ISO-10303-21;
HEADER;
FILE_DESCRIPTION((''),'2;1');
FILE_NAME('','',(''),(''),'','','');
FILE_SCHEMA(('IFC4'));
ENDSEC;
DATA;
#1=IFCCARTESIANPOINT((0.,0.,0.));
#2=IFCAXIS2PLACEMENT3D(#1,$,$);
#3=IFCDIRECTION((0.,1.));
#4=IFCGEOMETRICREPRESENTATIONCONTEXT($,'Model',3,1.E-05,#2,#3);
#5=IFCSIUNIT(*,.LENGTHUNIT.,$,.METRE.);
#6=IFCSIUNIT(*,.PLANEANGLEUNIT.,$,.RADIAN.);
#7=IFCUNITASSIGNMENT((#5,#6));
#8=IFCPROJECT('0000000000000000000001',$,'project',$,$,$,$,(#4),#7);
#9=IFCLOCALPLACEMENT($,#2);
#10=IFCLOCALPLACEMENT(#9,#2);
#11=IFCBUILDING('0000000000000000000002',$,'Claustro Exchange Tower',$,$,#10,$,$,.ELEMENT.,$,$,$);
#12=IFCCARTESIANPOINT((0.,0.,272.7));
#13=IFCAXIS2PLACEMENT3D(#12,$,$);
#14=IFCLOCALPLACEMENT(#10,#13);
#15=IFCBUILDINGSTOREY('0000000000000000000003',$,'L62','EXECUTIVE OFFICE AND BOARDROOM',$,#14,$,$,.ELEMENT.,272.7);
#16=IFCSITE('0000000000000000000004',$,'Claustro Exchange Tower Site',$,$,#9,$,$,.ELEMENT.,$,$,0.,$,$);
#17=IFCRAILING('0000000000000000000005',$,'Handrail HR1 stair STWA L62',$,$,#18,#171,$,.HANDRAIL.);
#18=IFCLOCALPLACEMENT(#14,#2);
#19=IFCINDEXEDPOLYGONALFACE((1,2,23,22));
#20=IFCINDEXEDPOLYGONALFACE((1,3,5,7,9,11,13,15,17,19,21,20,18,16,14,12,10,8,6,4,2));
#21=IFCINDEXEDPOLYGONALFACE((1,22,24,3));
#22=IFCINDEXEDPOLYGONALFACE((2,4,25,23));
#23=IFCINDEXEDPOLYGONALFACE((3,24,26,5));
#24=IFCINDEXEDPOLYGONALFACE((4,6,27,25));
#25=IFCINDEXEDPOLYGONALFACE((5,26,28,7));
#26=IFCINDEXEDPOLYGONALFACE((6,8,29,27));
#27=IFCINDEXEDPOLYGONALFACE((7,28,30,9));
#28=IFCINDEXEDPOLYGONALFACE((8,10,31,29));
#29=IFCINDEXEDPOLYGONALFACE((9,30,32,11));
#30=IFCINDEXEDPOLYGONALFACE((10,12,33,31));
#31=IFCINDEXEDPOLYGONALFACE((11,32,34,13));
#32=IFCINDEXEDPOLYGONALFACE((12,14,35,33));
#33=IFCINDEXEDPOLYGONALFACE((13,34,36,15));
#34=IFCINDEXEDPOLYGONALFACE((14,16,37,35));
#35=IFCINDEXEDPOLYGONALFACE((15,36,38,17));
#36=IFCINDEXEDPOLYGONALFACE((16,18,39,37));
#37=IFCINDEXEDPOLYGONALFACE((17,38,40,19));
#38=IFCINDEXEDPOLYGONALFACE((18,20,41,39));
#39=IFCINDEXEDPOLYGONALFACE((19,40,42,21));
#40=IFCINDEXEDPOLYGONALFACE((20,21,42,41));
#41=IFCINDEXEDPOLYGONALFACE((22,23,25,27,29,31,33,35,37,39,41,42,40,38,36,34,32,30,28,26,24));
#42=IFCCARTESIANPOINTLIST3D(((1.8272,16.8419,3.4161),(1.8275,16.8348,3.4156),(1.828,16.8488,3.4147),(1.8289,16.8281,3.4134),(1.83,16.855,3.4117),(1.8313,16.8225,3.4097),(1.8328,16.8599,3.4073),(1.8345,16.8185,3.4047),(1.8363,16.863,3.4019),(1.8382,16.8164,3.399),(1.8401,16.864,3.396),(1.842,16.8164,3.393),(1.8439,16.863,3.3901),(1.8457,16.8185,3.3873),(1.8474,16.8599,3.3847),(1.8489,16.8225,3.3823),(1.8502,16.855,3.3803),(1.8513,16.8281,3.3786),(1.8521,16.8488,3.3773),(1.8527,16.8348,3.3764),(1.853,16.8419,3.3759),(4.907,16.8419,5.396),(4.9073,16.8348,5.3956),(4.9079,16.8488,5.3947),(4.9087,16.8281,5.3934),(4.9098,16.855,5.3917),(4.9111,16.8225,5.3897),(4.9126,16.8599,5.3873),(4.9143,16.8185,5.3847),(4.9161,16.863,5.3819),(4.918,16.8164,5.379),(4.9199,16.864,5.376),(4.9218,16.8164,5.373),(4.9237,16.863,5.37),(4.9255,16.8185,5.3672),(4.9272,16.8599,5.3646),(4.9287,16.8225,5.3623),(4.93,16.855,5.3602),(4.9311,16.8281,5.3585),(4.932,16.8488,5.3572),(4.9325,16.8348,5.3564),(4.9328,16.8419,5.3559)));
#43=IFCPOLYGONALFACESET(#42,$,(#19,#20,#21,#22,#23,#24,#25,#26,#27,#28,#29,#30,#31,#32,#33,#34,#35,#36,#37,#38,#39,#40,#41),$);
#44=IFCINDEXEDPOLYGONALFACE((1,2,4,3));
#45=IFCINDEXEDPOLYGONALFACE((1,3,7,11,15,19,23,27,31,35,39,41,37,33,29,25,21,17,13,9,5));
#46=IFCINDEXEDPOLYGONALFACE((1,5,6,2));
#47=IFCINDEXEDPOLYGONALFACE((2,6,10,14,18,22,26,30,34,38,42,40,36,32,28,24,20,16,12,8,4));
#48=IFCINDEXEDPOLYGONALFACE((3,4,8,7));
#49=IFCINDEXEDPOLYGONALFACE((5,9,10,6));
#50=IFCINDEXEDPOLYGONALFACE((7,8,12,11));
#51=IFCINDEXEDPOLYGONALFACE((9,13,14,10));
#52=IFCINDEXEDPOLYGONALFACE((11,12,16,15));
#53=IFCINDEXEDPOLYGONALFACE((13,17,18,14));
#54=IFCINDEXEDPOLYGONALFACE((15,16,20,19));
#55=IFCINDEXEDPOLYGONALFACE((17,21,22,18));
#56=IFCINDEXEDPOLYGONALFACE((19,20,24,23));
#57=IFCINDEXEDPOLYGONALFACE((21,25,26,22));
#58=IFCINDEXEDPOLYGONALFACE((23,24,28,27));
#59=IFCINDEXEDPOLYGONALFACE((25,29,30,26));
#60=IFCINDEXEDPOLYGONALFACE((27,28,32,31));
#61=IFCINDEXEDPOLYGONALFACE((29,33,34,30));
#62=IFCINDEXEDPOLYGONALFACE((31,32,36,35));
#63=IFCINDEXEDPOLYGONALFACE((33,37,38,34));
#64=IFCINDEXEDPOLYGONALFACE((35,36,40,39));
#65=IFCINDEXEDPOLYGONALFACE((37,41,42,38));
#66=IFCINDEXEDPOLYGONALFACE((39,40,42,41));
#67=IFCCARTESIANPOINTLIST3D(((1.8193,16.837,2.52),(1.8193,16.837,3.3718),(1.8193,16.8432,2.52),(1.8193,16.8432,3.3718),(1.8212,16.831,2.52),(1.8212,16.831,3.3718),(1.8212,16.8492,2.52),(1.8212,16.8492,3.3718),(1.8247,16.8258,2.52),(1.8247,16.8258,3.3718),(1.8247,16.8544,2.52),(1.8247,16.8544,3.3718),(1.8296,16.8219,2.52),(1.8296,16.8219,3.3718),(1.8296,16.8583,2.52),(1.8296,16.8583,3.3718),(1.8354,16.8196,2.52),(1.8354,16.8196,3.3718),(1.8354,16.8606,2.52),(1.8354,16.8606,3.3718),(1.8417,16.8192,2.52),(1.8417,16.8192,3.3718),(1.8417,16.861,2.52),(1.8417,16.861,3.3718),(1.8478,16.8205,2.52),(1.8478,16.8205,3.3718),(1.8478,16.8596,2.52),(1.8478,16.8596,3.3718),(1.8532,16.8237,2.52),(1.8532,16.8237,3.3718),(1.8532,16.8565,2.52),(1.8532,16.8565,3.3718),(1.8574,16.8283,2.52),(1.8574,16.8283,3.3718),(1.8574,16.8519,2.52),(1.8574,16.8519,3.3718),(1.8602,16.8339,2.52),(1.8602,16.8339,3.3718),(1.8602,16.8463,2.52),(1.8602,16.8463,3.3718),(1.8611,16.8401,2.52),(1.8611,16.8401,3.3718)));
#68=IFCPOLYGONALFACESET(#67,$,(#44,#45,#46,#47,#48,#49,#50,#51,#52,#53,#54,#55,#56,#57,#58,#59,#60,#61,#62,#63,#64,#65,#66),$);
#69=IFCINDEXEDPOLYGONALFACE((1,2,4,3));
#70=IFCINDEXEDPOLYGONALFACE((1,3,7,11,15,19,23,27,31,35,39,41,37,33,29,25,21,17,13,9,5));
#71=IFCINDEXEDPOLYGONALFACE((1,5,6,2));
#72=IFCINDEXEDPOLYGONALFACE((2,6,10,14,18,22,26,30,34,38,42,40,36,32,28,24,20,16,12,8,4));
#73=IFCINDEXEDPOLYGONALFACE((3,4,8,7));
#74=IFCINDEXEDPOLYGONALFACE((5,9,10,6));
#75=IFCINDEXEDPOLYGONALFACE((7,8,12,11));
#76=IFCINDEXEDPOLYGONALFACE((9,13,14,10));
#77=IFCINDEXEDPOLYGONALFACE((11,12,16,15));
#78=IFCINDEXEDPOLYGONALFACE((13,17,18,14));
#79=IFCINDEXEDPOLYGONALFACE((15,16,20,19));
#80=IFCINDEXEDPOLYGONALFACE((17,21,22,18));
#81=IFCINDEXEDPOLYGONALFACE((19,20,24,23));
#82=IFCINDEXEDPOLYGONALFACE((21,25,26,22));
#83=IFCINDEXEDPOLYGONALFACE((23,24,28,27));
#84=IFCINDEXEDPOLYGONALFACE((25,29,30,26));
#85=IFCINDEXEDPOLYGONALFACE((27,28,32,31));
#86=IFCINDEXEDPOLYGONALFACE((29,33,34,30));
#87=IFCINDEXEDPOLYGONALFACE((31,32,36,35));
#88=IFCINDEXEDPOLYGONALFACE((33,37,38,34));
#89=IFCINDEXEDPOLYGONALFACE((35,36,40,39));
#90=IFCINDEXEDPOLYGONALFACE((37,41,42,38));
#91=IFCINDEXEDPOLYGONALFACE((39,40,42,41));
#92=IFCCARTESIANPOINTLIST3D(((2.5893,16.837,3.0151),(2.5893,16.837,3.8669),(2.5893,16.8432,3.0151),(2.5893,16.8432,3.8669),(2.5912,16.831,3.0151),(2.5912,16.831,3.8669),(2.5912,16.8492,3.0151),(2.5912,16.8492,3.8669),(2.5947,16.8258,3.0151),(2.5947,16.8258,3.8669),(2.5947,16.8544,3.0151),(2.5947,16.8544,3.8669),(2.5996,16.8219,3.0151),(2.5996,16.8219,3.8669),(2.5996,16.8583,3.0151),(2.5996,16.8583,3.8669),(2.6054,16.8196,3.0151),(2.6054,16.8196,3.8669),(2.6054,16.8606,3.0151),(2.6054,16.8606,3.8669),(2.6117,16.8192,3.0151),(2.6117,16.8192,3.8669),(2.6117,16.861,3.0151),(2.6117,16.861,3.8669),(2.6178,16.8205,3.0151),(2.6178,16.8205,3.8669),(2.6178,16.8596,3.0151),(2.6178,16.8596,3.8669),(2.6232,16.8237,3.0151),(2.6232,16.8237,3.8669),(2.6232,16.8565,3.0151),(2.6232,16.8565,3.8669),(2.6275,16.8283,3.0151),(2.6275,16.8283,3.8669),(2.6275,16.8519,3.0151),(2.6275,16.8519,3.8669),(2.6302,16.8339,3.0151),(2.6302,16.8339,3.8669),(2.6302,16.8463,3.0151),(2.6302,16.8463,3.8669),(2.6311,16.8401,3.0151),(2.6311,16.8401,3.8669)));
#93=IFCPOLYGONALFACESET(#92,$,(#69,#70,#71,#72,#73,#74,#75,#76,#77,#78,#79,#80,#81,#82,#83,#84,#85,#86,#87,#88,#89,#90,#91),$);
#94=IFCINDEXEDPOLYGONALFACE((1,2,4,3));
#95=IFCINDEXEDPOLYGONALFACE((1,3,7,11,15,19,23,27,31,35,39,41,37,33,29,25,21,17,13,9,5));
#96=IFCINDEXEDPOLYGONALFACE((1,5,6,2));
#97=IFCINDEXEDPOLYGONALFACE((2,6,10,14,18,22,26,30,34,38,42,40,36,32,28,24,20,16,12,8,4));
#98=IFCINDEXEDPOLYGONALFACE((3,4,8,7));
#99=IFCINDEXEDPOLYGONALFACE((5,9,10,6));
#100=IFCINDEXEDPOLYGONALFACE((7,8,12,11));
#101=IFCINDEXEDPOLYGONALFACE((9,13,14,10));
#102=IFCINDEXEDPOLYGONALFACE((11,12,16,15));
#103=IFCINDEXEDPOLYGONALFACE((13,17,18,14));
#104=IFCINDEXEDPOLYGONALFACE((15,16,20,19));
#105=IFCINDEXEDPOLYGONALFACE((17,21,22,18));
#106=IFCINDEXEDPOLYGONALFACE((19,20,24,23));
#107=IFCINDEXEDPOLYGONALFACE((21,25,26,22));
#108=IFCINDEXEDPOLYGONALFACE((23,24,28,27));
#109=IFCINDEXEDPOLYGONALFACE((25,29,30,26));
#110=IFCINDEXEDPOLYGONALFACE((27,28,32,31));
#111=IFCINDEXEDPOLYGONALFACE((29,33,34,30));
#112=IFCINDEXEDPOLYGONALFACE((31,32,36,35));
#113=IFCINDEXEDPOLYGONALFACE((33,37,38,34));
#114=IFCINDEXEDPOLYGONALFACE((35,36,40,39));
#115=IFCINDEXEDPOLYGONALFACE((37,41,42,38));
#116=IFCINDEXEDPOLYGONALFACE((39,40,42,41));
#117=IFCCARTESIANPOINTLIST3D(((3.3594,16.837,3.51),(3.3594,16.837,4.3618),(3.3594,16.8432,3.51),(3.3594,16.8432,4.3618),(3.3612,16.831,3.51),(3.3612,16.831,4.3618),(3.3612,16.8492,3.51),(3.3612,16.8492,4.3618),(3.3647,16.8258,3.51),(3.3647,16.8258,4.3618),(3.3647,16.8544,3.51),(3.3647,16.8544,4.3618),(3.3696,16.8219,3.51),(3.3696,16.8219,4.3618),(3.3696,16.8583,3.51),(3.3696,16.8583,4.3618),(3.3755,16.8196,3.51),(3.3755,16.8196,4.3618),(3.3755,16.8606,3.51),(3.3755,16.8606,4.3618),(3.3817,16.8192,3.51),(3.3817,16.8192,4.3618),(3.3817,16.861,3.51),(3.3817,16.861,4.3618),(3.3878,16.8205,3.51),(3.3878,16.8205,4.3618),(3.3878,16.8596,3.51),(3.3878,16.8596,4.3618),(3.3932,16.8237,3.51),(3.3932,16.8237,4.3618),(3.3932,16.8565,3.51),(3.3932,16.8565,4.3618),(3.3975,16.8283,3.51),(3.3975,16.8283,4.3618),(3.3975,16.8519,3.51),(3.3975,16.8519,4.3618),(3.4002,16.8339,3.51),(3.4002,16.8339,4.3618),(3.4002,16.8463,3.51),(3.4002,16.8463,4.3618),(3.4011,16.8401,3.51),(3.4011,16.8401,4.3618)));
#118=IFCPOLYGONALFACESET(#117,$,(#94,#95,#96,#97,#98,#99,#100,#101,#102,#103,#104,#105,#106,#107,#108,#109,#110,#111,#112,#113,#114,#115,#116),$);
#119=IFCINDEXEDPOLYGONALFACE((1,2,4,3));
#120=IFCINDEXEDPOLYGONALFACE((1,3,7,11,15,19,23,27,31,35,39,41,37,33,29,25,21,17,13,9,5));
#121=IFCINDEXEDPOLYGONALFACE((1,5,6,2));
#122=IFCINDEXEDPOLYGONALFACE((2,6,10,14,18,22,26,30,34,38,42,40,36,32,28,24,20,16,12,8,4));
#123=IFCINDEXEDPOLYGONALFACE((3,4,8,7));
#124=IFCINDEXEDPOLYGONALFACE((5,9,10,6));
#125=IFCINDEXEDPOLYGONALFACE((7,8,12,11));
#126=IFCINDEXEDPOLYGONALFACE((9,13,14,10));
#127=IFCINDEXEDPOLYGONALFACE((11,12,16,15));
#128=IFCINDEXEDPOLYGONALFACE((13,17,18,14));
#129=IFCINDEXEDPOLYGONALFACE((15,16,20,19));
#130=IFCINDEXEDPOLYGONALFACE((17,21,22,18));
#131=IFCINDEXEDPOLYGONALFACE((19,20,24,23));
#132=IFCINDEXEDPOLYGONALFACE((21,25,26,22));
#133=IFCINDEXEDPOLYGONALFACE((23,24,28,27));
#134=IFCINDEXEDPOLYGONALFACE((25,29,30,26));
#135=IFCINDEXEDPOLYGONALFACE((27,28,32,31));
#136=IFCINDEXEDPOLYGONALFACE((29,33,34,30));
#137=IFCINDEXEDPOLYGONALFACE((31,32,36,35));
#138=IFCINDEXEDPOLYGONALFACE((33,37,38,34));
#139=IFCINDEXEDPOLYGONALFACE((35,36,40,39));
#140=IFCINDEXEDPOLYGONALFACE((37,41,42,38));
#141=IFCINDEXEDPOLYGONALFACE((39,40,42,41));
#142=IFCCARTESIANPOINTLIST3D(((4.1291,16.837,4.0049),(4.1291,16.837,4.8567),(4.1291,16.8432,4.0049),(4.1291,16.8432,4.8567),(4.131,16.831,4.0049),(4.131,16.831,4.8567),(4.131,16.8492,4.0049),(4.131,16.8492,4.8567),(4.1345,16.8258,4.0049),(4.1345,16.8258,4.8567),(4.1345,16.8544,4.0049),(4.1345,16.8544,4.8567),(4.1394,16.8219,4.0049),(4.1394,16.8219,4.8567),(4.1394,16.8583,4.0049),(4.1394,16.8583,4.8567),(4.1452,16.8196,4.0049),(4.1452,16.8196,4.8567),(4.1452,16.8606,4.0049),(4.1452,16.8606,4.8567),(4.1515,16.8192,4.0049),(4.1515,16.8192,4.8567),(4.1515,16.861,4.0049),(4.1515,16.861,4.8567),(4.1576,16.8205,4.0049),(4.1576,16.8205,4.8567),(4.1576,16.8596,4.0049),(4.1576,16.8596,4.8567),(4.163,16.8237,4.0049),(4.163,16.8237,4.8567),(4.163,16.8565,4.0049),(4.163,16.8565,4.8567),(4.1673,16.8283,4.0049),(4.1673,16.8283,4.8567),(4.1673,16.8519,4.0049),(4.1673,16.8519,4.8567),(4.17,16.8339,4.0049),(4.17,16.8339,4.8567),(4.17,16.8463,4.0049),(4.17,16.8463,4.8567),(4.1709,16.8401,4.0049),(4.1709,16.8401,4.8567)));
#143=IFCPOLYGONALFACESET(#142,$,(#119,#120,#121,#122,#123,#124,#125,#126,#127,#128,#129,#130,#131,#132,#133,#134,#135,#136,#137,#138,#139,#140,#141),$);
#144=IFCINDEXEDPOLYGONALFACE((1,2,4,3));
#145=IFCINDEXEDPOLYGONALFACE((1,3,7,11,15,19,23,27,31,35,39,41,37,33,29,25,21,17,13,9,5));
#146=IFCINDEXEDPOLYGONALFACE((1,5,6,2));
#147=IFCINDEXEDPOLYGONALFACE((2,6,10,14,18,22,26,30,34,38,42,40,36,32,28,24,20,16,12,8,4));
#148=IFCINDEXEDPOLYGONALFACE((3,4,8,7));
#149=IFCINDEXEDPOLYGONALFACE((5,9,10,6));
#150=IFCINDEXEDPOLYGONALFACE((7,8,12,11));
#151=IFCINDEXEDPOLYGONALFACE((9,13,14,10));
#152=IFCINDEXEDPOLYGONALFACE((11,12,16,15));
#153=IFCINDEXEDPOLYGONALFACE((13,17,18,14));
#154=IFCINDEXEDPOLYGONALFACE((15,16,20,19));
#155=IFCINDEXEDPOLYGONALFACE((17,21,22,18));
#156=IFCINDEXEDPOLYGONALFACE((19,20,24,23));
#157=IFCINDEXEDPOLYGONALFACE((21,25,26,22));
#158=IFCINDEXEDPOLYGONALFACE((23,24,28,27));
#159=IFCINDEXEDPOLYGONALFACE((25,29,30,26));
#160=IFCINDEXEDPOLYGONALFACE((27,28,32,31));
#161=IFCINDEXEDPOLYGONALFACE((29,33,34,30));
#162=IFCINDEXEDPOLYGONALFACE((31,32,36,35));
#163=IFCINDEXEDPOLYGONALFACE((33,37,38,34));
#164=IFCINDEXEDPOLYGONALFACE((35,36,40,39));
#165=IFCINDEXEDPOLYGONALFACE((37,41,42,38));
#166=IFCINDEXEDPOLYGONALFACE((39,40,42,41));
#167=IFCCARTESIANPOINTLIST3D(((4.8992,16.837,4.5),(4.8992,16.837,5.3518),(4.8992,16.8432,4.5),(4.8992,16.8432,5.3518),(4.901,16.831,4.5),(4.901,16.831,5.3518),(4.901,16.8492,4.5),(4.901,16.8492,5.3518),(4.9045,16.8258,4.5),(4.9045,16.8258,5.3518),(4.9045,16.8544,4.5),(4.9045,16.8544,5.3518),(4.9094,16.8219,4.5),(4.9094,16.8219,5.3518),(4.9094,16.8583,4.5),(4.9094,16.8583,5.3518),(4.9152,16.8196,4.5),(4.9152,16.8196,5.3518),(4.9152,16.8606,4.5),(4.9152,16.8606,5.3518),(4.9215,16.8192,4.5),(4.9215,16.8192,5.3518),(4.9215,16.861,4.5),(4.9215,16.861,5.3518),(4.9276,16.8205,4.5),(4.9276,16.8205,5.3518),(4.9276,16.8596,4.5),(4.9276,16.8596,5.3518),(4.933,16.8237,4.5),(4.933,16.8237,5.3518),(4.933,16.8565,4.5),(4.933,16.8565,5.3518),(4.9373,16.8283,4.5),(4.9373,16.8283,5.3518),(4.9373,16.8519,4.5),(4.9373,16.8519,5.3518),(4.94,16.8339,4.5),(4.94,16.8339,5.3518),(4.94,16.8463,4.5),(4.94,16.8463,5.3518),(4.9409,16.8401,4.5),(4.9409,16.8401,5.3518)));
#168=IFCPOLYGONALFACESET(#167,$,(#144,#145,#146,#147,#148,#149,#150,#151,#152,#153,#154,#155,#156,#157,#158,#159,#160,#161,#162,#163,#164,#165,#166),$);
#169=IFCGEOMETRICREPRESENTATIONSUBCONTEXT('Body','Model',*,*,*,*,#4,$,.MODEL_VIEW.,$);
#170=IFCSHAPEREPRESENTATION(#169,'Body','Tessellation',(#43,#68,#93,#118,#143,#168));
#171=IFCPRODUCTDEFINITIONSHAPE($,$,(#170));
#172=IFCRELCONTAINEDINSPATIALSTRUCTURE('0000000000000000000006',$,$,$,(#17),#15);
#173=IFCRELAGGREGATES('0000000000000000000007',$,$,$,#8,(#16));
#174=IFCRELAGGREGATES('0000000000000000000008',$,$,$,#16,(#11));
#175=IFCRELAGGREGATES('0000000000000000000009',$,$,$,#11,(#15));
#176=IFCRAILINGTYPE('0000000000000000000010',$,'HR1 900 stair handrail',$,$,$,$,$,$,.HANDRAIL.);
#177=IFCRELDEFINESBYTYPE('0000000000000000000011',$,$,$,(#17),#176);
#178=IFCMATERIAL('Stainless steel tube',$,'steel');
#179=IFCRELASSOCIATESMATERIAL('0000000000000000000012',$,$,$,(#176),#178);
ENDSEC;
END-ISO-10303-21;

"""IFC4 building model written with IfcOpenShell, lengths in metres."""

from ifc_helpers import new_model, si_unit, direction, frame, origin, origin_2d, place, context, subcontext, project, spatial, circle, extrude, material, type_object, element, save


model = new_model("IFC4")

# Units and contexts
model_context = context("Model", 3, precision=1e-05, world=origin(), true_north=direction((0.0, 1.0)))
body_context = subcontext(model_context, "Body", "Model", "MODEL_VIEW")
ifc_project = project(units=[si_unit("LENGTHUNIT", "METRE"), si_unit("PLANEANGLEUNIT", "RADIAN")], contexts=[model_context])

# Site, building, storey
site_placement = place(None, origin())
site = spatial("IfcSite", under=ifc_project, at=site_placement, Name="Claustro Exchange Tower Site", CompositionType="ELEMENT", RefElevation=0.0)
building_placement = place(site_placement, origin())
building = spatial("IfcBuilding", under=site, at=building_placement, Name="Claustro Exchange Tower", CompositionType="ELEMENT")
storey_placement = place(building_placement, frame((0.0, 0.0, 272.7)))
storey = spatial("IfcBuildingStorey", under=building, at=storey_placement, Name="L62", Description="EXECUTIVE OFFICE AND BOARDROOM", CompositionType="ELEMENT", Elevation=272.7)

# Railing
ifc_material_1 = material(Name="Stainless steel tube", Category="steel")
railing_type = type_object("IfcRailingType", Name="HR1 900 stair handrail", PredefinedType="HANDRAIL", material=ifc_material_1)
railing_placement = place(storey_placement, frame((1.8401, 16.8401, 2.52)))
element("IfcRailing", 1, at=railing_placement, inside=storey, type_object=railing_type, Name="Handrail HR1 stair STWA L62", PredefinedType="HANDRAIL", context=body_context, shape_type="SweptSolid", body=[
    extrude(circle(Radius=0.0239, at=origin_2d()), frame((0.0, 0.0, 0.876), z_axis=(0.841168, 0.0, 0.540774), x_axis=(0.0, 1.0, 0.0)), (0.0, 0.0, 1.0), 3.6614),
    extrude(circle(Radius=0.021, at=origin_2d()), origin(), (0.0, 0.0, 1.0), 0.8518),
    extrude(circle(Radius=0.021, at=origin_2d()), frame((0.77, 0.0, 0.4951)), (0.0, 0.0, 1.0), 0.8518),
    extrude(circle(Radius=0.021, at=origin_2d()), frame((1.54, 0.0, 0.99)), (0.0, 0.0, 1.0), 0.8518),
    extrude(circle(Radius=0.021, at=origin_2d()), frame((2.3098, 0.0, 1.4849)), (0.0, 0.0, 1.0), 0.8518),
    extrude(circle(Radius=0.021, at=origin_2d()), frame((3.0798, 0.0, 1.98)), (0.0, 0.0, 1.0), 0.8518),
])

save(model, "model.ifc")
